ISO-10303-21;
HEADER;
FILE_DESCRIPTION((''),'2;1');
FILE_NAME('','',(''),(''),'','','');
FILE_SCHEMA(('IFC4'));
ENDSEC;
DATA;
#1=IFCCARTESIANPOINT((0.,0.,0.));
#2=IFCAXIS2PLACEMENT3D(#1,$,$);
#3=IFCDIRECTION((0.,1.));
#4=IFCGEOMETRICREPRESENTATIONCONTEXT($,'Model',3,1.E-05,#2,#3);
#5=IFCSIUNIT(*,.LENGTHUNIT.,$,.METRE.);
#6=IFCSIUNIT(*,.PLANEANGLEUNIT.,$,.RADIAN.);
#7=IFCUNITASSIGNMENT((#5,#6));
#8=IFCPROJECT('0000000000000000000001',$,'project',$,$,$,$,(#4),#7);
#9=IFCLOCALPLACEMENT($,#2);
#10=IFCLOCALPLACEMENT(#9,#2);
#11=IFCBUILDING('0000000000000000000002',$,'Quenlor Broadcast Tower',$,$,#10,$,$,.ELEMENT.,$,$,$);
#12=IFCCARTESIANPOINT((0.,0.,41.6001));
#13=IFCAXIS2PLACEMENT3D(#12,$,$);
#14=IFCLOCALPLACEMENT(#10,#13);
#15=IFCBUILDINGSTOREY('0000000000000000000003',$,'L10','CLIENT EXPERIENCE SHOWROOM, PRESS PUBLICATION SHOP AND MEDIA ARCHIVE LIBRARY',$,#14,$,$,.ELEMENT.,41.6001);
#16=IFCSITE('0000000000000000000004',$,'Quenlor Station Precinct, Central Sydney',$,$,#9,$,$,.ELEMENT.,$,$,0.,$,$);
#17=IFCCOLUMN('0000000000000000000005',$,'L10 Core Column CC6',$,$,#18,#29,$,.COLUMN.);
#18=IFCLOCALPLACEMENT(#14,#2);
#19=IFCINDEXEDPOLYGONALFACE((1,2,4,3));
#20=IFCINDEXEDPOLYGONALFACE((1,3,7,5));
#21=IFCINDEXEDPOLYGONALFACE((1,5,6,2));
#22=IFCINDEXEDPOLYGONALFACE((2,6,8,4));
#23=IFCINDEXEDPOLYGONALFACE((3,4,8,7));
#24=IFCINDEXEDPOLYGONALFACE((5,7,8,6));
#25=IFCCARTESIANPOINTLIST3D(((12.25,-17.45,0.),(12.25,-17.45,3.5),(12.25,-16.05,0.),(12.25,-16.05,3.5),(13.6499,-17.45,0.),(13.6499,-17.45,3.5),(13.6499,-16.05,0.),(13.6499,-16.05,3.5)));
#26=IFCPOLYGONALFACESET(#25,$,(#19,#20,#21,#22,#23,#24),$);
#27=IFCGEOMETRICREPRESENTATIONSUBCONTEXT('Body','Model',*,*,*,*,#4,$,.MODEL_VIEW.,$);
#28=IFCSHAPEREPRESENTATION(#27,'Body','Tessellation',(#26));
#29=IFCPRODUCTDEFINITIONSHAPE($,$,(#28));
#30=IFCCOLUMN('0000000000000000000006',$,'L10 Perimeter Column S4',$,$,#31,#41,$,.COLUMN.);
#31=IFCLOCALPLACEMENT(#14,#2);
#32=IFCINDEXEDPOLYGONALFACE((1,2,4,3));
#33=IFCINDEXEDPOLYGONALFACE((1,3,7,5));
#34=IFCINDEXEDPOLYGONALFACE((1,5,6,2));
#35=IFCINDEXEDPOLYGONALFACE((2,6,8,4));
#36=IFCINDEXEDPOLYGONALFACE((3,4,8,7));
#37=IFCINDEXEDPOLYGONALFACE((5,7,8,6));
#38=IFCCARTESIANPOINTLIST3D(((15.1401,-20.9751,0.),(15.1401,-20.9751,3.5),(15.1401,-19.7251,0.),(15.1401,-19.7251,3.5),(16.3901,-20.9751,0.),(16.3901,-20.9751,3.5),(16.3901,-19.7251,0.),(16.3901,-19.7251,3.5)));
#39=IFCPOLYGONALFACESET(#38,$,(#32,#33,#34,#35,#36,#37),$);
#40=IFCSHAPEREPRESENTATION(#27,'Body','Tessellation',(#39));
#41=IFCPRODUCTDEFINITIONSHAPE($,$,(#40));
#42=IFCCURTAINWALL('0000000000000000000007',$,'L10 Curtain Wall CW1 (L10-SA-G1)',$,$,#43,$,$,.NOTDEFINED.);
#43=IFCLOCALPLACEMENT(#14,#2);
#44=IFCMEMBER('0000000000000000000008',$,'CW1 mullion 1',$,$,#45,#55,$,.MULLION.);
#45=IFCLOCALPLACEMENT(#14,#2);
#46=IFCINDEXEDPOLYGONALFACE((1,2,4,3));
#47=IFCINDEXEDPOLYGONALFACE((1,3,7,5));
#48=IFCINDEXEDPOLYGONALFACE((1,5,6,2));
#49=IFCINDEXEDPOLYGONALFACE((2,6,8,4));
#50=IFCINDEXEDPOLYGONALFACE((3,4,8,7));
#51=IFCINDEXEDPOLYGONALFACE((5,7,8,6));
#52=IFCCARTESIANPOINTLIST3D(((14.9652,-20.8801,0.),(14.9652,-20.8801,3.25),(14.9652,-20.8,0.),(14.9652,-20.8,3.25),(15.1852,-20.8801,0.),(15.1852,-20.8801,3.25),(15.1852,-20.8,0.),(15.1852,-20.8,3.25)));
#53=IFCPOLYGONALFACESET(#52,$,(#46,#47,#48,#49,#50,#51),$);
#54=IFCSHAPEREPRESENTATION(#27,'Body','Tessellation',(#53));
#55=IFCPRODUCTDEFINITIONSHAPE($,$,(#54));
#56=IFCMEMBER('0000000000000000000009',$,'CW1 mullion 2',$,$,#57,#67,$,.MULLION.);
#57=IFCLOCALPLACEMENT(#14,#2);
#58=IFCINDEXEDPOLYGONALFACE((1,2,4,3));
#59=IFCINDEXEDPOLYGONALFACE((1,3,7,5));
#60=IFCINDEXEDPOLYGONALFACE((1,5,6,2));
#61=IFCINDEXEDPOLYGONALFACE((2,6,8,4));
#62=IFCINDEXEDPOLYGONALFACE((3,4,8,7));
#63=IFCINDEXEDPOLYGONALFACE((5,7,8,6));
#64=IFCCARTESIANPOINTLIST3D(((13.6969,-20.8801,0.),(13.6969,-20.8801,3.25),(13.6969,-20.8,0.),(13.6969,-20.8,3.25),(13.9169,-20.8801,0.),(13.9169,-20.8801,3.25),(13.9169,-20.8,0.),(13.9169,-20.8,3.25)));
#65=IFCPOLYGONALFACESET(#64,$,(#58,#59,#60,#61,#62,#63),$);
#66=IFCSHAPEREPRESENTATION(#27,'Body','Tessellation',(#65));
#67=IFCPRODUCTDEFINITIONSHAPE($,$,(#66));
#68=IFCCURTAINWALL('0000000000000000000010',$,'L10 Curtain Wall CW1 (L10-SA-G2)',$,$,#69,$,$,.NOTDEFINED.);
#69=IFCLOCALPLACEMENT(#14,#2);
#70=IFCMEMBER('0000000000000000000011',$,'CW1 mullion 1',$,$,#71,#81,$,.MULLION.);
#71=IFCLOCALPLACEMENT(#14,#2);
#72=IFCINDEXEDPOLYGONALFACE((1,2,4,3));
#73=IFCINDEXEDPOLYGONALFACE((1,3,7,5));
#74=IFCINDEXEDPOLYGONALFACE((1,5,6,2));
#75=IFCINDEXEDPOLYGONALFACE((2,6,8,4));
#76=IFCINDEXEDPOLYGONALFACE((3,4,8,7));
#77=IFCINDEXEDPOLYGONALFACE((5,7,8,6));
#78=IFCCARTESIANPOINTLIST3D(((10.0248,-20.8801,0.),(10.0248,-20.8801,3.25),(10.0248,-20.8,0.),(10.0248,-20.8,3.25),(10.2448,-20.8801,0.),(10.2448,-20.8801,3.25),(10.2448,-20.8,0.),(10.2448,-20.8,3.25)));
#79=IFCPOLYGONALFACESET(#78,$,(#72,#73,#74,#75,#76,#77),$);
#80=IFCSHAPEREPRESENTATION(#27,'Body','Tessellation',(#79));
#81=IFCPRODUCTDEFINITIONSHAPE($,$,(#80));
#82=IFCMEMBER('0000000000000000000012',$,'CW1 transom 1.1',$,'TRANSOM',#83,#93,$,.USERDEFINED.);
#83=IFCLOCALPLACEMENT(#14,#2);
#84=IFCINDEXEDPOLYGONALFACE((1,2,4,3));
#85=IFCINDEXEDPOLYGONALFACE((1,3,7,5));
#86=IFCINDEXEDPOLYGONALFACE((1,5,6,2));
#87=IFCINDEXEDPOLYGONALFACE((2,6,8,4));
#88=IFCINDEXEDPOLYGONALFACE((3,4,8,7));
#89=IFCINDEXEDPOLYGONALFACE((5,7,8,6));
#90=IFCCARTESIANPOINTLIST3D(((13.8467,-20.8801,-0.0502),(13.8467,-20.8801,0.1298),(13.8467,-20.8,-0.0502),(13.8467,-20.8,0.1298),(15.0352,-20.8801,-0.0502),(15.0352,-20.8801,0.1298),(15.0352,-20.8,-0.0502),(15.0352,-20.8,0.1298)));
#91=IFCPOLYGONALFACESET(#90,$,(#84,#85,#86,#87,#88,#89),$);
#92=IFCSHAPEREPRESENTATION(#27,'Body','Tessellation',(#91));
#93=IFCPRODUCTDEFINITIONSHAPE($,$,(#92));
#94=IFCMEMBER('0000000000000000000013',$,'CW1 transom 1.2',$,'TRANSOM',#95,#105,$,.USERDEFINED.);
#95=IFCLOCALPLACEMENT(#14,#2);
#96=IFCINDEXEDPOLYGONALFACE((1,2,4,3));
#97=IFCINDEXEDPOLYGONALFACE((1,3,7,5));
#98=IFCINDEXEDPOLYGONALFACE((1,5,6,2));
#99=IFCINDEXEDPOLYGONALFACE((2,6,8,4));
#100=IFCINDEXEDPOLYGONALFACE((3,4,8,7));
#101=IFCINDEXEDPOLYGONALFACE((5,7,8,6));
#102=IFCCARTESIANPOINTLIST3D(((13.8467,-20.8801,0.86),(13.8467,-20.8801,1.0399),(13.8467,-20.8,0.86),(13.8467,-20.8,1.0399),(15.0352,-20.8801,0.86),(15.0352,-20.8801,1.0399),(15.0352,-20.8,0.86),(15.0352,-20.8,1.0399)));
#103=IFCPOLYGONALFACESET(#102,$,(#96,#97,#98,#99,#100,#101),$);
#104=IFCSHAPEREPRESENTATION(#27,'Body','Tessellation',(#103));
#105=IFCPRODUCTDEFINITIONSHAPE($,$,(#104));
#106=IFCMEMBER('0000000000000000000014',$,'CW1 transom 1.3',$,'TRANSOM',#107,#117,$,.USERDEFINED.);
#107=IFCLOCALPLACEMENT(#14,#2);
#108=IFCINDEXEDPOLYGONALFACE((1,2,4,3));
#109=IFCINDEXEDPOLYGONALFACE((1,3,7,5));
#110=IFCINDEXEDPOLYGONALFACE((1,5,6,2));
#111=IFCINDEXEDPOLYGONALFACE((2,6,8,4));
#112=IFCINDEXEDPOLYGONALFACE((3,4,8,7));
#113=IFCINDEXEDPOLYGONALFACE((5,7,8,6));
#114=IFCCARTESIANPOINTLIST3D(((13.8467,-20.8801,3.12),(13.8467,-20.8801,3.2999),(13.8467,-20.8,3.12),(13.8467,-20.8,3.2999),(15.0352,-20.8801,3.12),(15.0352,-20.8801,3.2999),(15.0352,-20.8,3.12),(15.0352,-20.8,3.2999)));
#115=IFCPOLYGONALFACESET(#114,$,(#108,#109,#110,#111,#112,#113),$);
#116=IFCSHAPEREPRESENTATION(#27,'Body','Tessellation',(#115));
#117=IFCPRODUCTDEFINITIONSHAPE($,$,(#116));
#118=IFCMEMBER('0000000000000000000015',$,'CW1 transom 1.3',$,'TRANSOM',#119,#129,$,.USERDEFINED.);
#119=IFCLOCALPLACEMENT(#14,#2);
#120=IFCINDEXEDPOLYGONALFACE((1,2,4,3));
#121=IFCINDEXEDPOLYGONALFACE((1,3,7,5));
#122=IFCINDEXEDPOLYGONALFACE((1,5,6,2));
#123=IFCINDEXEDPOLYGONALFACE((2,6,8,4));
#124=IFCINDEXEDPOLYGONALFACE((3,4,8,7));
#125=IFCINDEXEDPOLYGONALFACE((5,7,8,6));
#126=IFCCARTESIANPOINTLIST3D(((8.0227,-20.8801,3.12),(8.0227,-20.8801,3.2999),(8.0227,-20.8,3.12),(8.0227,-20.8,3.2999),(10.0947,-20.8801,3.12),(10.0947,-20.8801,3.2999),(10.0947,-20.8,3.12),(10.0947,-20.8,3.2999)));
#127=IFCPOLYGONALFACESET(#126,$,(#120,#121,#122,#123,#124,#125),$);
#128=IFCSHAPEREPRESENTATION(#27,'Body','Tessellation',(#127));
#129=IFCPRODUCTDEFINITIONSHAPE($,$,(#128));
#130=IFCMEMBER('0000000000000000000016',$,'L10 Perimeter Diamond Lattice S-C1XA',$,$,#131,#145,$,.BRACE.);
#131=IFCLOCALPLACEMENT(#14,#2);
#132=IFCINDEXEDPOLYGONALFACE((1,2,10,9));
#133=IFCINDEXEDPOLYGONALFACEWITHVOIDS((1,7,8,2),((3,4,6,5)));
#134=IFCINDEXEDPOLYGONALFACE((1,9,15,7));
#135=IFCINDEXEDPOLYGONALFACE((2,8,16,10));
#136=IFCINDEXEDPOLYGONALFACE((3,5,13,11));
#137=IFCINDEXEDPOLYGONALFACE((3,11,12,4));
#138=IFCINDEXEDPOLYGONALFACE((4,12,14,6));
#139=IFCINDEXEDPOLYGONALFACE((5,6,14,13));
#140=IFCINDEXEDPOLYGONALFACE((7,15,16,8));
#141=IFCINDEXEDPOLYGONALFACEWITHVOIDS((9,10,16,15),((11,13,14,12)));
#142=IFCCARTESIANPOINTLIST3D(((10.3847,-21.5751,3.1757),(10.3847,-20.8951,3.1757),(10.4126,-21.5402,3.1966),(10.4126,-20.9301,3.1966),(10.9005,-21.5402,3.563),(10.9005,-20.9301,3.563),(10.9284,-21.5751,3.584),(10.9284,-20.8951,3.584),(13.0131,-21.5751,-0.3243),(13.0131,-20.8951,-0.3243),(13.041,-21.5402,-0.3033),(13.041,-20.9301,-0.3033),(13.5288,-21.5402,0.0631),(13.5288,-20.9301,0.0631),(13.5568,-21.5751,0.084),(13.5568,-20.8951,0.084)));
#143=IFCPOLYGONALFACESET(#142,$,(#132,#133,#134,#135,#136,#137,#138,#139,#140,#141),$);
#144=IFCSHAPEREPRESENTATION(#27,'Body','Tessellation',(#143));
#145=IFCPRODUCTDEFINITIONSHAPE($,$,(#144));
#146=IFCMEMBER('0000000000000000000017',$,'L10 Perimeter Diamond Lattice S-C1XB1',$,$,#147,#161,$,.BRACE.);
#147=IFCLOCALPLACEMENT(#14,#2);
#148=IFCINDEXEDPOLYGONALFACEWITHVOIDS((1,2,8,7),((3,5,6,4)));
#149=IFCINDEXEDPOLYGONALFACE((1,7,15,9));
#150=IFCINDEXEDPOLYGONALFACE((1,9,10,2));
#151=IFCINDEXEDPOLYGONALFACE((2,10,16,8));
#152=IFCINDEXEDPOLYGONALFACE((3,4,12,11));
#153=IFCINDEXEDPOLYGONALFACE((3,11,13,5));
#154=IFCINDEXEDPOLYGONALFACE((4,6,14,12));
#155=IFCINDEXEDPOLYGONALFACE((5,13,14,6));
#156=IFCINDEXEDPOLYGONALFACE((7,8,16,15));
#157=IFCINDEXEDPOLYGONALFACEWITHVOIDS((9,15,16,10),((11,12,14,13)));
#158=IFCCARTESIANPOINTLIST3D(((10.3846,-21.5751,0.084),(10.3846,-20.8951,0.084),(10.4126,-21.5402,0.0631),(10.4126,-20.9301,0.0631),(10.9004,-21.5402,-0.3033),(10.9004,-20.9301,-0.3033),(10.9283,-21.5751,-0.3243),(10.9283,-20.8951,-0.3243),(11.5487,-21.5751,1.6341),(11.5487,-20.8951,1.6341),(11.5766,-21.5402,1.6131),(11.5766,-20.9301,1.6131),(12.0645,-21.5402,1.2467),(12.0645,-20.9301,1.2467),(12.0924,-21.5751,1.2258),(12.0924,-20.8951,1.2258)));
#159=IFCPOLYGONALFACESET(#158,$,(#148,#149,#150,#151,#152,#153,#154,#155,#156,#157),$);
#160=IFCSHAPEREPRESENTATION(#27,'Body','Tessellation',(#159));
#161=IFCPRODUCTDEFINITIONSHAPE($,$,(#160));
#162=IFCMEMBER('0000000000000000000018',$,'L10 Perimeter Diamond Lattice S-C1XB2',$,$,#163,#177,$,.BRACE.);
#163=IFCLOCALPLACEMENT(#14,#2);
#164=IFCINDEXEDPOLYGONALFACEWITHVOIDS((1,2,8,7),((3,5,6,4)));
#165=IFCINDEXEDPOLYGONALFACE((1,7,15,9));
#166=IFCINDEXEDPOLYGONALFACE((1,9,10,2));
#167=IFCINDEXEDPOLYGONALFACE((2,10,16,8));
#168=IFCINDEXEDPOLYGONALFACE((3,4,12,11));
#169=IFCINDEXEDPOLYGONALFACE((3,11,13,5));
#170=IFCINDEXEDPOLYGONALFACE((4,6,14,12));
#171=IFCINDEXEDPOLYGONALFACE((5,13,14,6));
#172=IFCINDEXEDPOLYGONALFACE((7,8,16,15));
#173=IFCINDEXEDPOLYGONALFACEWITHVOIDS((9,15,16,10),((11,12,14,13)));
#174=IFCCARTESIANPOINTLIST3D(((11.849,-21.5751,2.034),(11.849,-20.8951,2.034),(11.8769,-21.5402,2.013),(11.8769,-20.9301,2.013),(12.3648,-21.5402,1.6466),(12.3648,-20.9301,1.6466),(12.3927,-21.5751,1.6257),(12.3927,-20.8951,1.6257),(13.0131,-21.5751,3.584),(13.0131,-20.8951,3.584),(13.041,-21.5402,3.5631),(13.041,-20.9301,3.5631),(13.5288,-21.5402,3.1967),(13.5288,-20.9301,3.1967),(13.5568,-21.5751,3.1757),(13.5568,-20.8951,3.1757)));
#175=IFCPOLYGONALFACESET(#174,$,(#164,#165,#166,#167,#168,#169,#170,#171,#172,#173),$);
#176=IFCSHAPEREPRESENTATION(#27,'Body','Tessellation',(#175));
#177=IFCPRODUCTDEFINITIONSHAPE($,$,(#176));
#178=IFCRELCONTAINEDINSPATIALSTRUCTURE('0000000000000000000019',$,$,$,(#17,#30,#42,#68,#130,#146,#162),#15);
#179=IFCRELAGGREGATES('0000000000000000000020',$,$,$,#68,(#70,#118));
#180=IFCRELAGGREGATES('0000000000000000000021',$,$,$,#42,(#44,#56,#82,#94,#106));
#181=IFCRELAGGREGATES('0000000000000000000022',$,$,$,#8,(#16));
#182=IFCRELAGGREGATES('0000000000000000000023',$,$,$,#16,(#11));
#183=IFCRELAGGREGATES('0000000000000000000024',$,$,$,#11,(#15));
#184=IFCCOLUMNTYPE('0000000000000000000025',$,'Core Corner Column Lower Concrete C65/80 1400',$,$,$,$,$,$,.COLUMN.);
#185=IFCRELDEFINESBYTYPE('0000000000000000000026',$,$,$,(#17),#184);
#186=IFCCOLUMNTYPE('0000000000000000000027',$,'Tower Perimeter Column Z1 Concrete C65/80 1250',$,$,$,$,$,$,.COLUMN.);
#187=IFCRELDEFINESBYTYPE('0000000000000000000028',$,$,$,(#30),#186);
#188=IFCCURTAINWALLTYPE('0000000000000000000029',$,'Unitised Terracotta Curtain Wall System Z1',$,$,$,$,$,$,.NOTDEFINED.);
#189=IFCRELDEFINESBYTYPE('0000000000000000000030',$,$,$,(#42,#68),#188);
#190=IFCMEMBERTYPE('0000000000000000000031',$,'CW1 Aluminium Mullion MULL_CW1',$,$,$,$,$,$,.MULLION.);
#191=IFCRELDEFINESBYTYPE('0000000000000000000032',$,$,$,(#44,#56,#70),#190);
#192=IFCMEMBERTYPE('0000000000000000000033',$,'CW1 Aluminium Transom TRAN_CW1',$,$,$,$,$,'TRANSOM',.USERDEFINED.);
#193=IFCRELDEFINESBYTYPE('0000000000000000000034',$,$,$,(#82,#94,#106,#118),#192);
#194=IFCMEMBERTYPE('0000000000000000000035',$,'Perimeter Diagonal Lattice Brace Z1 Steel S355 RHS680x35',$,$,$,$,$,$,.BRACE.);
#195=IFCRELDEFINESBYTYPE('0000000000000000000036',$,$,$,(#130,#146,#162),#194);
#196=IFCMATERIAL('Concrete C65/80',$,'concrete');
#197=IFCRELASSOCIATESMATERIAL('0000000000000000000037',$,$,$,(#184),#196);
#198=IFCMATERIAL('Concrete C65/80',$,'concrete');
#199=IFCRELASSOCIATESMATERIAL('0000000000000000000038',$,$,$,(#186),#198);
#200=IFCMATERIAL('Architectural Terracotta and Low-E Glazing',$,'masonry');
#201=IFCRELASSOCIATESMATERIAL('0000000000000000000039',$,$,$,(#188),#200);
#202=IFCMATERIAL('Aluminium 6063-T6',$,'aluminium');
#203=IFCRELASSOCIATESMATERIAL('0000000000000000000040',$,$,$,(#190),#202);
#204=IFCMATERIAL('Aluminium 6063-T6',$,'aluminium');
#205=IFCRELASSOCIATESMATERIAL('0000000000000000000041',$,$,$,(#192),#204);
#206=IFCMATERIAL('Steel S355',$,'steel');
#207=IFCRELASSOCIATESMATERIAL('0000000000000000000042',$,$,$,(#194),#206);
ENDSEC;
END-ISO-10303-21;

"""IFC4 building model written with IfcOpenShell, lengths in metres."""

from ifc_helpers import new_model, si_unit, direction, frame, origin, origin_2d, place, context, subcontext, project, spatial, rectangle, hollow_rectangle, extrude, material, material_profile, profile_set, type_object, element, aggregate, save


model = new_model("IFC4")

# Units and contexts
model_context = context("Model", 3, precision=1e-05, world=origin(), true_north=direction((0.0, 1.0)))
body_context = subcontext(model_context, "Body", "Model", "MODEL_VIEW")
ifc_project = project(units=[si_unit("LENGTHUNIT", "METRE"), si_unit("PLANEANGLEUNIT", "RADIAN")], contexts=[model_context])

# Site, building, storey
site_placement = place(None, origin())
site = spatial("IfcSite", under=ifc_project, at=site_placement, Name="Quenlor Station Precinct, Central Sydney", CompositionType="ELEMENT", RefElevation=0.0)
building_placement = place(site_placement, origin())
building = spatial("IfcBuilding", under=site, at=building_placement, Name="Quenlor Broadcast Tower", CompositionType="ELEMENT")
storey_placement = place(building_placement, frame((0.0, 0.0, 41.6001)))
storey = spatial("IfcBuildingStorey", under=building, at=storey_placement, Name="L10", Description="CLIENT EXPERIENCE SHOWROOM, PRESS PUBLICATION SHOP AND MEDIA ARCHIVE LIBRARY", CompositionType="ELEMENT", Elevation=41.6001)

# Columns
ifc_material_1 = material(Name="Concrete C65/80", Category="concrete")
ifc_material_profile_1 = material_profile(ifc_material_1, rectangle(XDim=1.3999, YDim=1.3999, at=origin_2d()))
ifc_profile_set_1 = profile_set([ifc_material_profile_1], Name="Concrete C65/80 RC1400x1400")
column_type_1 = type_object("IfcColumnType", Name="Core Corner Column Lower Concrete C65/80 1400", PredefinedType="COLUMN", material=ifc_profile_set_1)
column_1_placement = place(storey_placement, frame((12.95, -16.75, 0.0), z_axis=(0.0, 0.0, 1.0), x_axis=(1.0, 0.0, 0.0)))
element("IfcColumn", 1, at=column_1_placement, inside=storey, type_object=column_type_1, Name="L10 Core Column CC6", PredefinedType="COLUMN", context=body_context, shape_type="SweptSolid", body=[
    extrude(rectangle(XDim=1.3999, YDim=1.3999, at=origin_2d()), origin(), (0.0, 0.0, 1.0), 3.5),
])
ifc_material_2 = material(Name="Concrete C65/80", Category="concrete")
ifc_material_profile_2 = material_profile(ifc_material_2, rectangle(XDim=1.25, YDim=1.25, at=origin_2d()))
ifc_profile_set_2 = profile_set([ifc_material_profile_2], Name="Concrete C65/80 RC1250x1250")
column_type_2 = type_object("IfcColumnType", Name="Tower Perimeter Column Z1 Concrete C65/80 1250", PredefinedType="COLUMN", material=ifc_profile_set_2)
column_2_placement = place(storey_placement, frame((15.7651, -20.3501, 0.0), z_axis=(0.0, 0.0, 1.0), x_axis=(0.0, 1.0, 0.0)))
element("IfcColumn", 2, at=column_2_placement, inside=storey, type_object=column_type_2, Name="L10 Perimeter Column S4", PredefinedType="COLUMN", context=body_context, shape_type="SweptSolid", body=[
    extrude(rectangle(XDim=1.25, YDim=1.25, at=origin_2d()), origin(), (0.0, 0.0, 1.0), 3.5),
])

# Curtain wall, members
ifc_material_3 = material(Name="Architectural Terracotta and Low-E Glazing", Category="masonry")
curtain_wall_type = type_object("IfcCurtainWallType", Name="Unitised Terracotta Curtain Wall System Z1", PredefinedType="NOTDEFINED", material=ifc_material_3)
curtain_wall_1_placement = place(storey_placement, origin())
curtain_wall_1 = element("IfcCurtainWall", 3, at=curtain_wall_1_placement, inside=storey, type_object=curtain_wall_type, Name="L10 Curtain Wall CW1 (L10-SA-G1)", PredefinedType="NOTDEFINED")
ifc_material_4 = material(Name="Aluminium 6063-T6", Category="aluminium")
ifc_material_profile_3 = material_profile(ifc_material_4, rectangle(XDim=0.0801, YDim=0.22, at=origin_2d()))
ifc_profile_set_3 = profile_set([ifc_material_profile_3], Name="Aluminium 6063-T6 MULL80x220")
member_type_1 = type_object("IfcMemberType", Name="CW1 Aluminium Mullion MULL_CW1", PredefinedType="MULLION", material=ifc_profile_set_3)
member_1_placement = place(storey_placement, frame((15.0752, -20.8401, 0.0), z_axis=(0.0, 0.0, 1.0), x_axis=(0.0, -1.0, 0.0)))
member_1 = element("IfcMember", 4, at=member_1_placement, type_object=member_type_1, Name="CW1 mullion 1", PredefinedType="MULLION", context=body_context, shape_type="SweptSolid", body=[
    extrude(rectangle(XDim=0.0801, YDim=0.22, at=origin_2d()), origin(), (0.0, 0.0, 1.0), 3.25),
])
member_2_placement = place(storey_placement, frame((13.8069, -20.8401, 0.0), z_axis=(0.0, 0.0, 1.0), x_axis=(0.0, -1.0, 0.0)))
member_2 = element("IfcMember", 5, at=member_2_placement, type_object=member_type_1, Name="CW1 mullion 2", PredefinedType="MULLION", context=body_context, shape_type="SweptSolid", body=[
    extrude(rectangle(XDim=0.0801, YDim=0.22, at=origin_2d()), origin(), (0.0, 0.0, 1.0), 3.25),
])

# Curtain wall, member
curtain_wall_2_placement = place(storey_placement, origin())
curtain_wall_2 = element("IfcCurtainWall", 6, at=curtain_wall_2_placement, inside=storey, type_object=curtain_wall_type, Name="L10 Curtain Wall CW1 (L10-SA-G2)", PredefinedType="NOTDEFINED")
member_3_placement = place(storey_placement, frame((10.1348, -20.8401, 0.0), z_axis=(0.0, 0.0, 1.0), x_axis=(0.0, -1.0, 0.0)))
member_3 = element("IfcMember", 7, at=member_3_placement, type_object=member_type_1, Name="CW1 mullion 1", PredefinedType="MULLION", context=body_context, shape_type="SweptSolid", body=[
    extrude(rectangle(XDim=0.0801, YDim=0.22, at=origin_2d()), origin(), (0.0, 0.0, 1.0), 3.25),
])

# Members
ifc_material_5 = material(Name="Aluminium 6063-T6", Category="aluminium")
ifc_material_profile_4 = material_profile(ifc_material_5, rectangle(XDim=0.0801, YDim=0.1799, at=origin_2d()))
ifc_profile_set_4 = profile_set([ifc_material_profile_4], Name="Aluminium 6063-T6 TRAN80x180")
member_type_2 = type_object("IfcMemberType", Name="CW1 Aluminium Transom TRAN_CW1", ElementType="TRANSOM", PredefinedType="USERDEFINED", material=ifc_profile_set_4)
member_4_placement = place(storey_placement, frame((15.0352, -20.8401, 0.0398), z_axis=(-1.0, 0.0, 0.0), x_axis=(0.0, -1.0, 0.0)))
member_4 = element("IfcMember", 8, at=member_4_placement, type_object=member_type_2, Name="CW1 transom 1.1", ObjectType="TRANSOM", PredefinedType="USERDEFINED", context=body_context, shape_type="SweptSolid", body=[
    extrude(rectangle(XDim=0.0801, YDim=0.1799, at=origin_2d()), origin(), (0.0, 0.0, 1.0), 1.1885),
])
member_5_placement = place(storey_placement, frame((15.0352, -20.8401, 0.95), z_axis=(-1.0, 0.0, 0.0), x_axis=(0.0, -1.0, 0.0)))
member_5 = element("IfcMember", 9, at=member_5_placement, type_object=member_type_2, Name="CW1 transom 1.2", ObjectType="TRANSOM", PredefinedType="USERDEFINED", context=body_context, shape_type="SweptSolid", body=[
    extrude(rectangle(XDim=0.0801, YDim=0.1799, at=origin_2d()), origin(), (0.0, 0.0, 1.0), 1.1885),
])
member_6_placement = place(storey_placement, frame((15.0352, -20.8401, 3.21), z_axis=(-1.0, 0.0, 0.0), x_axis=(0.0, -1.0, 0.0)))
member_6 = element("IfcMember", 10, at=member_6_placement, type_object=member_type_2, Name="CW1 transom 1.3", ObjectType="TRANSOM", PredefinedType="USERDEFINED", context=body_context, shape_type="SweptSolid", body=[
    extrude(rectangle(XDim=0.0801, YDim=0.1799, at=origin_2d()), origin(), (0.0, 0.0, 1.0), 1.1885),
])
member_7_placement = place(storey_placement, frame((10.0947, -20.8401, 3.21), z_axis=(-1.0, 0.0, 0.0), x_axis=(0.0, -1.0, 0.0)))
member_7 = element("IfcMember", 11, at=member_7_placement, type_object=member_type_2, Name="CW1 transom 1.3", ObjectType="TRANSOM", PredefinedType="USERDEFINED", context=body_context, shape_type="SweptSolid", body=[
    extrude(rectangle(XDim=0.0801, YDim=0.1799, at=origin_2d()), origin(), (0.0, 0.0, 1.0), 2.072),
])
aggregate(curtain_wall_2, [member_3, member_7])

# Members
ifc_material_6 = material(Name="Steel S355", Category="steel")
ifc_material_profile_5 = material_profile(ifc_material_6, hollow_rectangle(XDim=0.6799, YDim=0.6799, WallThickness=0.0349, at=origin_2d()))
ifc_profile_set_5 = profile_set([ifc_material_profile_5], Name="Steel S355 RHS680x680x35")
member_type_3 = type_object("IfcMemberType", Name="Perimeter Diagonal Lattice Brace Z1 Steel S355 RHS680x35", PredefinedType="BRACE", material=ifc_profile_set_5)
member_8_placement = place(storey_placement, frame((13.2849, -21.2351, -0.1201), z_axis=(-0.6005, 0.0, 0.799625), x_axis=(0.0, -1.0, 0.0)))
element("IfcMember", 12, at=member_8_placement, inside=storey, type_object=member_type_3, Name="L10 Perimeter Diamond Lattice S-C1XA", PredefinedType="BRACE", context=body_context, shape_type="SweptSolid", body=[
    extrude(hollow_rectangle(XDim=0.6799, YDim=0.6799, WallThickness=0.0349, at=origin_2d()), origin(), (0.0, 0.0, 1.0), 4.377),
])
for number, where, z_axis, x_axis, name in (
    (13, (10.6565, -21.2351, -0.1201), (0.600504, 0.0, 0.799622), (0.0, 1.0, 0.0), "L10 Perimeter Diamond Lattice S-C1XB1"),
    (14, (12.1208, -21.2351, 1.8298), (0.600504, 0.0, 0.799622), (0.0, 1.0, 0.0), "L10 Perimeter Diamond Lattice S-C1XB2"),
):
    element("IfcMember", number, at=place(storey_placement, frame(where, z_axis=z_axis, x_axis=x_axis)), inside=storey, type_object=member_type_3, Name=name, PredefinedType="BRACE", context=body_context, shape_type="SweptSolid", body=[
        extrude(hollow_rectangle(XDim=0.6799, YDim=0.6799, WallThickness=0.0349, at=origin_2d()), origin(), (0.0, 0.0, 1.0), 1.9385),
    ])

aggregate(curtain_wall_1, [member_1, member_2, member_4, member_5, member_6])

save(model, "model.ifc")
